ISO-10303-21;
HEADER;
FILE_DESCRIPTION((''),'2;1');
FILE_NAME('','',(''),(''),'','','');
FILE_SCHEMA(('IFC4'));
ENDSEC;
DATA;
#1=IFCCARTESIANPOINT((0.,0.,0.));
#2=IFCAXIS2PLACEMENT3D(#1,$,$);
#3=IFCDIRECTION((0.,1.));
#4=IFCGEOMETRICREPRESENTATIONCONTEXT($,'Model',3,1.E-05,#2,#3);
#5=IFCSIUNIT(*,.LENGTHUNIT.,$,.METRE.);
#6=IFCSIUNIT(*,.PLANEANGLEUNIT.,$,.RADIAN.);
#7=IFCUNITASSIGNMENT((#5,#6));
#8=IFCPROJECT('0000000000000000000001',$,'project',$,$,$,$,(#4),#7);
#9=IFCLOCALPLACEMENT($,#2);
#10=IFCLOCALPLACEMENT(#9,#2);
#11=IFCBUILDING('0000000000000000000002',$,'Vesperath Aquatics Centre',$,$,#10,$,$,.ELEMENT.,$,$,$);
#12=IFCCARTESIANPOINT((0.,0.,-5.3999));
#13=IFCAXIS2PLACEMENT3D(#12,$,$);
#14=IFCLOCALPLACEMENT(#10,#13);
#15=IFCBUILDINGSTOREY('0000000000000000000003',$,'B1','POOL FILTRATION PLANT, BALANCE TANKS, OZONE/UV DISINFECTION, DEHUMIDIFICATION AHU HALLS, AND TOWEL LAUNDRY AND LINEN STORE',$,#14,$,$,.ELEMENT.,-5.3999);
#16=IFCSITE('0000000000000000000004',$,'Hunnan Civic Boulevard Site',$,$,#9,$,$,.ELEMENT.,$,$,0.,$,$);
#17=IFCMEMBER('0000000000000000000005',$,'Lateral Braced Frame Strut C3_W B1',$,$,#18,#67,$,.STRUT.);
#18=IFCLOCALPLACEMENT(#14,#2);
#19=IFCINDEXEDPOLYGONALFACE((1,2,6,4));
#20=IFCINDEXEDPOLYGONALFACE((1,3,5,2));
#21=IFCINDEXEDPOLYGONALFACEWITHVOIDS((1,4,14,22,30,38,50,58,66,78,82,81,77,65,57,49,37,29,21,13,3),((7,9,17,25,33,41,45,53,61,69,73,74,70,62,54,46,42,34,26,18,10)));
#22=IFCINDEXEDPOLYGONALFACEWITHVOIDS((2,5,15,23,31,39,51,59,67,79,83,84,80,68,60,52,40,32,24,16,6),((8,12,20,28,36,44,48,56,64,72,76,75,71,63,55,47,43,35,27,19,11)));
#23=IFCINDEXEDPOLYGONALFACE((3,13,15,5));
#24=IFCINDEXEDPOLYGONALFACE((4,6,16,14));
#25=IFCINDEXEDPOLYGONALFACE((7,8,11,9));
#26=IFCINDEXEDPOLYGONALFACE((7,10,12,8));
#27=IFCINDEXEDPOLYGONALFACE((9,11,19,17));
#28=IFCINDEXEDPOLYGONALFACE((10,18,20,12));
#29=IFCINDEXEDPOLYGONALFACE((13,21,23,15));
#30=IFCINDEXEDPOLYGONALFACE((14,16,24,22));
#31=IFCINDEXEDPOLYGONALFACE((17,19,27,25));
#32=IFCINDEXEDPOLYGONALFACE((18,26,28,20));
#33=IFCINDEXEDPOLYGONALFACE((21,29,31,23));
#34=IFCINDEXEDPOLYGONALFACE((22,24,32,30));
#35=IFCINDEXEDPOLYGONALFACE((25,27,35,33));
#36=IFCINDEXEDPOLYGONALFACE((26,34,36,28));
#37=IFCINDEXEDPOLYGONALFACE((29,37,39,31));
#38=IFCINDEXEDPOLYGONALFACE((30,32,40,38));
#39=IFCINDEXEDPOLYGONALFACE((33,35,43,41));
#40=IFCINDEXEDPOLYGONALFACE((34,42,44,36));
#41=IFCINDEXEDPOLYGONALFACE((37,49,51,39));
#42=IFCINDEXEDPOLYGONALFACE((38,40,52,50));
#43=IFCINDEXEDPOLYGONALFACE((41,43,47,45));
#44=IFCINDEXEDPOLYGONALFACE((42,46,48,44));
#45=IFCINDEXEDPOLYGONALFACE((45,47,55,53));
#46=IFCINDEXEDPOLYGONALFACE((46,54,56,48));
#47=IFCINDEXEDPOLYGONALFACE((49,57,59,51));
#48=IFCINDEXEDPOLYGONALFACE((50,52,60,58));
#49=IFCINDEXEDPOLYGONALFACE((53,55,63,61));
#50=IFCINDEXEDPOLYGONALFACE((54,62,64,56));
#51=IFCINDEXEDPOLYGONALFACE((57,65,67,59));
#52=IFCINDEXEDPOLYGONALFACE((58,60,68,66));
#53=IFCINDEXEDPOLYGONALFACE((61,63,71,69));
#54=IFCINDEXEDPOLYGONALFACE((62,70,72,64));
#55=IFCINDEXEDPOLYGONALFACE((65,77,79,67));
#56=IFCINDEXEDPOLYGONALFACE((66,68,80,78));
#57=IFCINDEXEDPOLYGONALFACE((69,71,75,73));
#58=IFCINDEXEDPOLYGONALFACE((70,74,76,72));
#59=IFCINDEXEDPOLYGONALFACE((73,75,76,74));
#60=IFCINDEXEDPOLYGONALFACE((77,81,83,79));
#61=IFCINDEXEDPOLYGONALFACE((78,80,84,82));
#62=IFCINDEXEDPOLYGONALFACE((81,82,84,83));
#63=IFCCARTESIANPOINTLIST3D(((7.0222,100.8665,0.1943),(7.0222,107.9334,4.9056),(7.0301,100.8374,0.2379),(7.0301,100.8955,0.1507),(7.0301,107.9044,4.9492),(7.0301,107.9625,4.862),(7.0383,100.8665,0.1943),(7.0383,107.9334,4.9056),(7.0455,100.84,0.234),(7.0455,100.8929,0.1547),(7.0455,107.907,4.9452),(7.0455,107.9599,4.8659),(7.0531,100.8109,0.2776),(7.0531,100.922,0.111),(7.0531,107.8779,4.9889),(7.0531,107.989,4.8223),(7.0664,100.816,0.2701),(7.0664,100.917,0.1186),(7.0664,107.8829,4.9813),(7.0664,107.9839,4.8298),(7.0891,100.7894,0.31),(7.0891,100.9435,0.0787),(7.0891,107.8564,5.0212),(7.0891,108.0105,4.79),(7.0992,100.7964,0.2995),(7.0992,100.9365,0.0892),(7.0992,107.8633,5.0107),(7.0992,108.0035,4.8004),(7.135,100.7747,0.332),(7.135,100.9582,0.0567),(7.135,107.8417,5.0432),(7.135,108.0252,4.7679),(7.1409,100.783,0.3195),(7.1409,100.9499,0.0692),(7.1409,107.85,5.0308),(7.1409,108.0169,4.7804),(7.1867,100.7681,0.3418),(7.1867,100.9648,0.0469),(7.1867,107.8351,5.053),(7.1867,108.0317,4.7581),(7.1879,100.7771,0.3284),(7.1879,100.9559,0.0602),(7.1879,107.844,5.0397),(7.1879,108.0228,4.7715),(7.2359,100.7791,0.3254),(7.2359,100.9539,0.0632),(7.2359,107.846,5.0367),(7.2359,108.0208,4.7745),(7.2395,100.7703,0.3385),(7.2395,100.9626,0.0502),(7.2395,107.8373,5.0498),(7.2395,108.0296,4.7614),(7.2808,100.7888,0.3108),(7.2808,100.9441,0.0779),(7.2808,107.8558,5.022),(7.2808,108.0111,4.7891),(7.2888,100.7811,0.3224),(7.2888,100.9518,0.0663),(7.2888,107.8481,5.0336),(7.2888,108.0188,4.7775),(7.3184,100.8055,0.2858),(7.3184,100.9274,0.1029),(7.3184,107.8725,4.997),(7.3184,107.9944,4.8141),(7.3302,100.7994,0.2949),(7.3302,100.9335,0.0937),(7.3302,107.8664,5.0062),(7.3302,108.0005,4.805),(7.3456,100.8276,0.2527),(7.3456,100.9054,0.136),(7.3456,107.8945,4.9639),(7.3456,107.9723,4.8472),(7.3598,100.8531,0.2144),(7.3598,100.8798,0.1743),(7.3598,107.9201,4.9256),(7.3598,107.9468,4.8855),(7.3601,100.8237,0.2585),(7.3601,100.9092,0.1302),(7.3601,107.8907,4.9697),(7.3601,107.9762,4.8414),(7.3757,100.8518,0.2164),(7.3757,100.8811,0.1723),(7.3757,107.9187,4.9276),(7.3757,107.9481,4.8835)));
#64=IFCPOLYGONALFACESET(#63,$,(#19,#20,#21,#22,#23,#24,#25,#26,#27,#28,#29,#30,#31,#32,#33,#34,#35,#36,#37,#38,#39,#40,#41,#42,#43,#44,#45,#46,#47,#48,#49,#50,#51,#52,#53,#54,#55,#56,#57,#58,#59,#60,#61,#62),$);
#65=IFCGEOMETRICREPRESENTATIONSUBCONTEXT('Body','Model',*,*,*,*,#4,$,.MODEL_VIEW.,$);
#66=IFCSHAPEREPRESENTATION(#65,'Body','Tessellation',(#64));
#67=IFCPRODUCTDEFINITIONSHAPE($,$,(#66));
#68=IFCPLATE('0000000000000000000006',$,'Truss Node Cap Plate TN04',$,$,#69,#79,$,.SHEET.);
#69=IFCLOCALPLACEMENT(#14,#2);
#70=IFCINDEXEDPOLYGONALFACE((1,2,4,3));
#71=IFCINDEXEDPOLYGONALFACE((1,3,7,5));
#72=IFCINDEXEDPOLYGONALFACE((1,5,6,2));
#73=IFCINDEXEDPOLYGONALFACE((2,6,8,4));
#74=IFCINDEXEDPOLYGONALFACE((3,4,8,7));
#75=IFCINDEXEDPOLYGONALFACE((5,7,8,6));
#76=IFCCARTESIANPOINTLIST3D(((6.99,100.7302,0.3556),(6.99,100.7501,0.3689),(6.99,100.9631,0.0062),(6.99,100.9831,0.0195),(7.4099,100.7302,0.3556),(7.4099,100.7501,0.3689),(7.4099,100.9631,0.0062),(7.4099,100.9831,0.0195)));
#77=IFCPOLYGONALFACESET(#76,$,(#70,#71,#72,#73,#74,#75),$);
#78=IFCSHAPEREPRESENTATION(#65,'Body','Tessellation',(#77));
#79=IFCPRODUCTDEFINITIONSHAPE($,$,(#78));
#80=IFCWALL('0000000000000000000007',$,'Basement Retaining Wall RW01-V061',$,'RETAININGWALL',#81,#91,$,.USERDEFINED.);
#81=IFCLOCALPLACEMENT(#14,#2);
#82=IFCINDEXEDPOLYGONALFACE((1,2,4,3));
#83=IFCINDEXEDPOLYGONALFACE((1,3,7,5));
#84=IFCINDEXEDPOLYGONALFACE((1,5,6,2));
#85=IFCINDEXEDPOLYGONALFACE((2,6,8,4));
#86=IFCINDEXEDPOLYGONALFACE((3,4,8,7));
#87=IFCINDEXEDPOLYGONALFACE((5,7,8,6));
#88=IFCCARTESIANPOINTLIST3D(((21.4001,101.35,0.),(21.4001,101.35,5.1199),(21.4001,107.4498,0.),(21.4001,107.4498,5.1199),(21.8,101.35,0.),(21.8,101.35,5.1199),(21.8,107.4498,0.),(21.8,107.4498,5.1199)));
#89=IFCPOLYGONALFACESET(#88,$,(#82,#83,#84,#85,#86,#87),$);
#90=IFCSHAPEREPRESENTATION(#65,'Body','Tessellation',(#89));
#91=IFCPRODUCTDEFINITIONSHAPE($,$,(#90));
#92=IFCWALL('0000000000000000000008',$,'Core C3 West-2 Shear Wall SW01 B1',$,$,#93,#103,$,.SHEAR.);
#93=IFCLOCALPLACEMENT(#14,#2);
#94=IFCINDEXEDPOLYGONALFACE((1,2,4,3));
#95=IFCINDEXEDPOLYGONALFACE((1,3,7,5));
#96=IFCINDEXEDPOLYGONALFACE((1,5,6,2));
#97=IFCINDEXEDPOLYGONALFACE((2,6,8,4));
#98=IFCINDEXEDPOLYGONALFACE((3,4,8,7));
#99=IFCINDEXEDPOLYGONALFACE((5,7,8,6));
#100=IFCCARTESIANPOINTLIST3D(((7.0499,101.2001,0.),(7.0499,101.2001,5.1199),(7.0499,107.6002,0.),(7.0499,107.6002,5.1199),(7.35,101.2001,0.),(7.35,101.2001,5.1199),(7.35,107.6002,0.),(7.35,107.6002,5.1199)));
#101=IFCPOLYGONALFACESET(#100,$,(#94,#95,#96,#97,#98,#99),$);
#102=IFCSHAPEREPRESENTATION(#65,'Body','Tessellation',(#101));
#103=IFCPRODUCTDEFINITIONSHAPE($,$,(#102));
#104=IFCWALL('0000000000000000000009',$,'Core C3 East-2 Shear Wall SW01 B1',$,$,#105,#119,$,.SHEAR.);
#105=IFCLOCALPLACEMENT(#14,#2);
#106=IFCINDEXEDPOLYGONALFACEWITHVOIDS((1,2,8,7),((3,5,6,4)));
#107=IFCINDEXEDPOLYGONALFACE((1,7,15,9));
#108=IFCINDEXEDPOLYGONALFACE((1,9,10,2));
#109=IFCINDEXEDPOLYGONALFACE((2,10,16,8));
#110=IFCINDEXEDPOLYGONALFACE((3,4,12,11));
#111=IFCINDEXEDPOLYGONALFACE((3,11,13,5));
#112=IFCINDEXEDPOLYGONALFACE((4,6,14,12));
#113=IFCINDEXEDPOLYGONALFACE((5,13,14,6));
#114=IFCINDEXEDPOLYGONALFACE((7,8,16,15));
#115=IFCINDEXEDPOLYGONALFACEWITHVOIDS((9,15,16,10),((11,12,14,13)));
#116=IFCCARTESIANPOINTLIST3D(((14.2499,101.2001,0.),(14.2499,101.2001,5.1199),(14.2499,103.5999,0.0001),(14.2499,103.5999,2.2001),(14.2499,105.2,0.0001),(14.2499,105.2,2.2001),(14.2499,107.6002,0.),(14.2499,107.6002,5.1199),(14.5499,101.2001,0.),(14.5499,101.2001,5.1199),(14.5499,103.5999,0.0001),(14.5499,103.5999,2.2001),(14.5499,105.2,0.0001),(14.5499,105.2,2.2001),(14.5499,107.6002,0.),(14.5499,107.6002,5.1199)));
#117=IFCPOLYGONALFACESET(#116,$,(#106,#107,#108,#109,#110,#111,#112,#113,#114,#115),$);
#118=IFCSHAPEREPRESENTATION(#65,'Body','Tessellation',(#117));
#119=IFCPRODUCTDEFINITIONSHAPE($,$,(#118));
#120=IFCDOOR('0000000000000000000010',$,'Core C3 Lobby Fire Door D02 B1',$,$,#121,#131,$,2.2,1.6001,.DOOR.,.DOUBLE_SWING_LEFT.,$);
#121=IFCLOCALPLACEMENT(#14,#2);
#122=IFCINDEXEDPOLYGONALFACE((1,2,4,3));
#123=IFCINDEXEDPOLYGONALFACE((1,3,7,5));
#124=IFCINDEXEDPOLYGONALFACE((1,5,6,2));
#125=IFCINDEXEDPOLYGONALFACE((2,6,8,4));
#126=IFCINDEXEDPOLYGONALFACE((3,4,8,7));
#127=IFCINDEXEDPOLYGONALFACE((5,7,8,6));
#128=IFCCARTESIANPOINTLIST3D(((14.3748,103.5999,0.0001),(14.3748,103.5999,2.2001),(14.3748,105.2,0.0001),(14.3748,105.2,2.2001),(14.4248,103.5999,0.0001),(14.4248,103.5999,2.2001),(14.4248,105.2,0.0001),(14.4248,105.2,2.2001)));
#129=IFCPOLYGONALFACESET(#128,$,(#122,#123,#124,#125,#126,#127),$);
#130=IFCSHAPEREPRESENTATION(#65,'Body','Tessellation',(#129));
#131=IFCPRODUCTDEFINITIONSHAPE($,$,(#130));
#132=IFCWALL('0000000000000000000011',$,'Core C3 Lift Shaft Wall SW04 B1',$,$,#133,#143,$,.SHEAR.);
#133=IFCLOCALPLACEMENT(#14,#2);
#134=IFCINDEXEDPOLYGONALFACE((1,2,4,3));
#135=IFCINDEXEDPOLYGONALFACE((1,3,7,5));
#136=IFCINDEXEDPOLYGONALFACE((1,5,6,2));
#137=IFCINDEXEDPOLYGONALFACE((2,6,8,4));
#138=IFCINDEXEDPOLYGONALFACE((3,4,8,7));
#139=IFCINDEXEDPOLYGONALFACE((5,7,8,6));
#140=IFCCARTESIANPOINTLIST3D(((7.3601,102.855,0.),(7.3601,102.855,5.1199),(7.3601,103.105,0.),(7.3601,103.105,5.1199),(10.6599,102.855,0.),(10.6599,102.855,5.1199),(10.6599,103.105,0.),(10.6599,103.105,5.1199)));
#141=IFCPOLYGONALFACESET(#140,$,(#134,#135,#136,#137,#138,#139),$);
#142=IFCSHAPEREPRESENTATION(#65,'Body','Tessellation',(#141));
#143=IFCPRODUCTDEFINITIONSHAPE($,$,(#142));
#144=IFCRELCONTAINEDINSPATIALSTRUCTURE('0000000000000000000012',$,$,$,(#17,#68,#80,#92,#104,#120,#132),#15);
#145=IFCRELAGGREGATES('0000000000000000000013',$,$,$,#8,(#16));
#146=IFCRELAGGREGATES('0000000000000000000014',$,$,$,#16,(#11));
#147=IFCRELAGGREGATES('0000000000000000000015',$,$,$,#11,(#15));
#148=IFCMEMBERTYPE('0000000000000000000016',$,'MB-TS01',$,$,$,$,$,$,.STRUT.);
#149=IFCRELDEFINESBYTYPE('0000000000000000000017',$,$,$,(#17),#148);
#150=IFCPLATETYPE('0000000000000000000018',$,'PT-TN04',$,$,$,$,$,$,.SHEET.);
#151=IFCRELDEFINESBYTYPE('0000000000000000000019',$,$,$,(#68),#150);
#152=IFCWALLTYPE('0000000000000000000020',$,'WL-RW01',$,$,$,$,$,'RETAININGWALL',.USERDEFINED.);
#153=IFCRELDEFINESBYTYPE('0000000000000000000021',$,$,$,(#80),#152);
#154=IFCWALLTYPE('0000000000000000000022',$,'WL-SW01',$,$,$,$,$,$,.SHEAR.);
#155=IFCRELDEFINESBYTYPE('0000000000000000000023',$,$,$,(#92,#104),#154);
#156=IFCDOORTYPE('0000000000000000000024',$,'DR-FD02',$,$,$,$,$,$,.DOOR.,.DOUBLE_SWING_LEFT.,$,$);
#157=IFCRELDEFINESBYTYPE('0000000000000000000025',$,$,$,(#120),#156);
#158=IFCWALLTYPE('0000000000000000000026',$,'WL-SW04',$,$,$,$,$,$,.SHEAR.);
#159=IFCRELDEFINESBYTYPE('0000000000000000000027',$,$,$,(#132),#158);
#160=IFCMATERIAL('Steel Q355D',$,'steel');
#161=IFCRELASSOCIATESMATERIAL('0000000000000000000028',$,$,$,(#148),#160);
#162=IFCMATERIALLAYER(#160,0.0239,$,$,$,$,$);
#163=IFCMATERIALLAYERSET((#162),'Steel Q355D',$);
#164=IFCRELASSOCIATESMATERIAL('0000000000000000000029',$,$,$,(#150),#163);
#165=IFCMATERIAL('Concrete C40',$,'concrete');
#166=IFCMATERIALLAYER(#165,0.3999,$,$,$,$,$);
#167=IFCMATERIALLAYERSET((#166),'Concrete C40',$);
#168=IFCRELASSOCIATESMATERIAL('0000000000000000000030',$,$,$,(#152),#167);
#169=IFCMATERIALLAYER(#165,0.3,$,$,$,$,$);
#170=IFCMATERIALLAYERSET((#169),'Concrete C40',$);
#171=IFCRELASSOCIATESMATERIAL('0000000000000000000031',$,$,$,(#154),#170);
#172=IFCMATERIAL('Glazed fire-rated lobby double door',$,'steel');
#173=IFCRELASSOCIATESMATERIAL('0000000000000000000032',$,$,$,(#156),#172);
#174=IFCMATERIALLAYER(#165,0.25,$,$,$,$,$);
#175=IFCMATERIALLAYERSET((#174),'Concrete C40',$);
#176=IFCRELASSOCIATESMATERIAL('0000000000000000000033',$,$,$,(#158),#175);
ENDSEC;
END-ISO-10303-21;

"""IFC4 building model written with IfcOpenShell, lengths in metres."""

from ifc_helpers import new_model, si_unit, direction, frame, frame_2d, origin, origin_2d, place, context, subcontext, project, spatial, rectangle, hollow_circle, extrude, material, layer, layer_set, material_profile, profile_set, type_object, element, fill, save


model = new_model("IFC4")

# Units and contexts
model_context = context("Model", 3, precision=1e-05, world=origin(), true_north=direction((0.0, 1.0)))
body_context = subcontext(model_context, "Body", "Model", "MODEL_VIEW")
ifc_project = project(units=[si_unit("LENGTHUNIT", "METRE"), si_unit("PLANEANGLEUNIT", "RADIAN")], contexts=[model_context])

# Site, building, storey
site_placement = place(None, origin())
site = spatial("IfcSite", under=ifc_project, at=site_placement, Name="Hunnan Civic Boulevard Site", CompositionType="ELEMENT", RefElevation=0.0)
building_placement = place(site_placement, origin())
building = spatial("IfcBuilding", under=site, at=building_placement, Name="Vesperath Aquatics Centre", CompositionType="ELEMENT")
storey_placement = place(building_placement, frame((0.0, 0.0, -5.3999)))
storey = spatial("IfcBuildingStorey", under=building, at=storey_placement, Name="B1", Description="POOL FILTRATION PLANT, BALANCE TANKS, OZONE/UV DISINFECTION, DEHUMIDIFICATION AHU HALLS, AND TOWEL LAUNDRY AND LINEN STORE", CompositionType="ELEMENT", Elevation=-5.3999)

# Shared definitions
ifc_material_1 = material(Name="Concrete C40", Category="concrete")

# Member
ifc_material_2 = material(Name="Steel Q355D", Category="steel")
ifc_material_profile_1 = material_profile(ifc_material_2, hollow_circle(Radius=0.1777, WallThickness=0.0161, at=origin_2d()), Name="CHS 355.6x16")
ifc_profile_set_1 = profile_set([ifc_material_profile_1], Name="Steel Q355D")
member_type = type_object("IfcMemberType", Name="MB-TS01", PredefinedType="STRUT", material=ifc_profile_set_1)
member_placement = place(storey_placement, frame((7.2, 100.8665, 0.1943), z_axis=(0.0, 0.832055, 0.554694), x_axis=(-1.0, 0.0, 0.0)))
element("IfcMember", 1, at=member_placement, inside=storey, type_object=member_type, Name="Lateral Braced Frame Strut C3_W B1", PredefinedType="STRUT", context=body_context, shape_type="SweptSolid", body=[
    extrude(hollow_circle(Radius=0.1777, WallThickness=0.0161, at=origin_2d()), origin(), (0.0, 0.0, 1.0), 8.4934),
])

# Plate
ifc_layer_1 = layer(ifc_material_2, 0.0239)
ifc_layer_set_1 = layer_set([ifc_layer_1], Name="Steel Q355D")
plate_type = type_object("IfcPlateType", Name="PT-TN04", PredefinedType="SHEET", material=ifc_layer_set_1)
plate_placement = place(storey_placement, frame((7.2, 100.8467, 0.1809), z_axis=(0.0, 0.83205, 0.5547), x_axis=(-1.0, 0.0, 0.0)))
element("IfcPlate", 2, at=plate_placement, inside=storey, type_object=plate_type, Name="Truss Node Cap Plate TN04", PredefinedType="SHEET", context=body_context, shape_type="SweptSolid", body=[
    extrude(rectangle(XDim=0.4199, YDim=0.4199, at=origin_2d()), origin(), (0.0, 0.0, 1.0), 0.0239),
])

# Walls
ifc_layer_2 = layer(ifc_material_1, 0.3999)
ifc_layer_set_2 = layer_set([ifc_layer_2], Name="Concrete C40")
wall_type_1 = type_object("IfcWallType", Name="WL-RW01", ElementType="RETAININGWALL", PredefinedType="USERDEFINED", material=ifc_layer_set_2)
wall_1_placement = place(storey_placement, frame((21.6001, 101.3501, 0.0), z_axis=(0.0, 0.0, 1.0), x_axis=(0.0, 1.0, 0.0)))
element("IfcWall", 3, at=wall_1_placement, inside=storey, type_object=wall_type_1, Name="Basement Retaining Wall RW01-V061", ObjectType="RETAININGWALL", PredefinedType="USERDEFINED", context=body_context, shape_type="SweptSolid", body=[
    extrude(rectangle(XDim=6.0999, YDim=0.3999, at=frame_2d((3.0498, 0.0))), origin(), (0.0, 0.0, 1.0), 5.1199),
])
ifc_layer_3 = layer(ifc_material_1, 0.3)
ifc_layer_set_3 = layer_set([ifc_layer_3], Name="Concrete C40")
wall_type_2 = type_object("IfcWallType", Name="WL-SW01", PredefinedType="SHEAR", material=ifc_layer_set_3)
wall_2_placement = place(storey_placement, frame((7.2, 101.2, 0.0), z_axis=(0.0, 0.0, 1.0), x_axis=(0.0, 1.0, 0.0)))
element("IfcWall", 4, at=wall_2_placement, inside=storey, type_object=wall_type_2, Name="Core C3 West-2 Shear Wall SW01 B1", PredefinedType="SHEAR", context=body_context, shape_type="SweptSolid", body=[
    extrude(rectangle(XDim=6.4001, YDim=0.3, at=frame_2d((3.2002, 0.0))), origin(), (0.0, 0.0, 1.0), 5.1199),
])

# Wall, opening, door
wall_3_placement = place(storey_placement, frame((14.3999, 101.2, 0.0), z_axis=(0.0, 0.0, 1.0), x_axis=(0.0, 1.0, 0.0)))
wall_3 = element("IfcWall", 5, at=wall_3_placement, inside=storey, type_object=wall_type_2, Name="Core C3 East-2 Shear Wall SW01 B1", PredefinedType="SHEAR", context=body_context, shape_type="SweptSolid", body=[
    extrude(rectangle(XDim=6.4001, YDim=0.3, at=frame_2d((3.2002, 0.0))), origin(), (0.0, 0.0, 1.0), 5.1199),
])
opening_placement = place(wall_3_placement, frame((2.3999, 0.0, 0.0)))
opening = element("IfcOpeningElement", 6, at=opening_placement, cuts=wall_3, PredefinedType="OPENING", context=body_context, shape_type="SweptSolid", body=[
    extrude(rectangle(XDim=1.6001, YDim=2.2, at=frame_2d((0.8, 1.1001))), frame((0.0, 0.165, 0.0), z_axis=(0.0, -1.0, 0.0), x_axis=(1.0, 0.0, 0.0)), (0.0, 0.0, 1.0), 0.3298),
])
ifc_material_3 = material(Name="Glazed fire-rated lobby double door", Category="steel")
door_type = type_object("IfcDoorType", Name="DR-FD02", OperationType="DOUBLE_SWING_LEFT", PredefinedType="DOOR", material=ifc_material_3)
door_placement = place(opening_placement, frame((1.6001, 0.0, 0.0), z_axis=(0.0, 0.0, 1.0), x_axis=(-1.0, 0.0, 0.0)))
door = element("IfcDoor", 7, at=door_placement, inside=storey, type_object=door_type, Name="Core C3 Lobby Fire Door D02 B1", OperationType="DOUBLE_SWING_LEFT", OverallHeight=2.2, OverallWidth=1.6001, PredefinedType="DOOR", context=body_context, shape_type="SweptSolid", body=[
    extrude(rectangle(XDim=1.6001, YDim=2.2, at=frame_2d((0.8, 1.1001))), frame((0.0, 0.0249, 0.0), z_axis=(0.0, -1.0, 0.0), x_axis=(1.0, 0.0, 0.0)), (0.0, 0.0, 1.0), 0.05),
])
fill(opening, door)

# Wall
ifc_layer_4 = layer(ifc_material_1, 0.25)
ifc_layer_set_4 = layer_set([ifc_layer_4], Name="Concrete C40")
wall_type_3 = type_object("IfcWallType", Name="WL-SW04", PredefinedType="SHEAR", material=ifc_layer_set_4)
wall_4_placement = place(storey_placement, frame((7.3601, 102.98, 0.0), z_axis=(0.0, 0.0, 1.0), x_axis=(1.0, 0.0, 0.0)))
element("IfcWall", 8, at=wall_4_placement, inside=storey, type_object=wall_type_3, Name="Core C3 Lift Shaft Wall SW04 B1", PredefinedType="SHEAR", context=body_context, shape_type="SweptSolid", body=[
    extrude(rectangle(XDim=3.2998, YDim=0.25, at=frame_2d((1.6499, 0.0))), origin(), (0.0, 0.0, 1.0), 5.1199),
])

save(model, "model.ifc")
